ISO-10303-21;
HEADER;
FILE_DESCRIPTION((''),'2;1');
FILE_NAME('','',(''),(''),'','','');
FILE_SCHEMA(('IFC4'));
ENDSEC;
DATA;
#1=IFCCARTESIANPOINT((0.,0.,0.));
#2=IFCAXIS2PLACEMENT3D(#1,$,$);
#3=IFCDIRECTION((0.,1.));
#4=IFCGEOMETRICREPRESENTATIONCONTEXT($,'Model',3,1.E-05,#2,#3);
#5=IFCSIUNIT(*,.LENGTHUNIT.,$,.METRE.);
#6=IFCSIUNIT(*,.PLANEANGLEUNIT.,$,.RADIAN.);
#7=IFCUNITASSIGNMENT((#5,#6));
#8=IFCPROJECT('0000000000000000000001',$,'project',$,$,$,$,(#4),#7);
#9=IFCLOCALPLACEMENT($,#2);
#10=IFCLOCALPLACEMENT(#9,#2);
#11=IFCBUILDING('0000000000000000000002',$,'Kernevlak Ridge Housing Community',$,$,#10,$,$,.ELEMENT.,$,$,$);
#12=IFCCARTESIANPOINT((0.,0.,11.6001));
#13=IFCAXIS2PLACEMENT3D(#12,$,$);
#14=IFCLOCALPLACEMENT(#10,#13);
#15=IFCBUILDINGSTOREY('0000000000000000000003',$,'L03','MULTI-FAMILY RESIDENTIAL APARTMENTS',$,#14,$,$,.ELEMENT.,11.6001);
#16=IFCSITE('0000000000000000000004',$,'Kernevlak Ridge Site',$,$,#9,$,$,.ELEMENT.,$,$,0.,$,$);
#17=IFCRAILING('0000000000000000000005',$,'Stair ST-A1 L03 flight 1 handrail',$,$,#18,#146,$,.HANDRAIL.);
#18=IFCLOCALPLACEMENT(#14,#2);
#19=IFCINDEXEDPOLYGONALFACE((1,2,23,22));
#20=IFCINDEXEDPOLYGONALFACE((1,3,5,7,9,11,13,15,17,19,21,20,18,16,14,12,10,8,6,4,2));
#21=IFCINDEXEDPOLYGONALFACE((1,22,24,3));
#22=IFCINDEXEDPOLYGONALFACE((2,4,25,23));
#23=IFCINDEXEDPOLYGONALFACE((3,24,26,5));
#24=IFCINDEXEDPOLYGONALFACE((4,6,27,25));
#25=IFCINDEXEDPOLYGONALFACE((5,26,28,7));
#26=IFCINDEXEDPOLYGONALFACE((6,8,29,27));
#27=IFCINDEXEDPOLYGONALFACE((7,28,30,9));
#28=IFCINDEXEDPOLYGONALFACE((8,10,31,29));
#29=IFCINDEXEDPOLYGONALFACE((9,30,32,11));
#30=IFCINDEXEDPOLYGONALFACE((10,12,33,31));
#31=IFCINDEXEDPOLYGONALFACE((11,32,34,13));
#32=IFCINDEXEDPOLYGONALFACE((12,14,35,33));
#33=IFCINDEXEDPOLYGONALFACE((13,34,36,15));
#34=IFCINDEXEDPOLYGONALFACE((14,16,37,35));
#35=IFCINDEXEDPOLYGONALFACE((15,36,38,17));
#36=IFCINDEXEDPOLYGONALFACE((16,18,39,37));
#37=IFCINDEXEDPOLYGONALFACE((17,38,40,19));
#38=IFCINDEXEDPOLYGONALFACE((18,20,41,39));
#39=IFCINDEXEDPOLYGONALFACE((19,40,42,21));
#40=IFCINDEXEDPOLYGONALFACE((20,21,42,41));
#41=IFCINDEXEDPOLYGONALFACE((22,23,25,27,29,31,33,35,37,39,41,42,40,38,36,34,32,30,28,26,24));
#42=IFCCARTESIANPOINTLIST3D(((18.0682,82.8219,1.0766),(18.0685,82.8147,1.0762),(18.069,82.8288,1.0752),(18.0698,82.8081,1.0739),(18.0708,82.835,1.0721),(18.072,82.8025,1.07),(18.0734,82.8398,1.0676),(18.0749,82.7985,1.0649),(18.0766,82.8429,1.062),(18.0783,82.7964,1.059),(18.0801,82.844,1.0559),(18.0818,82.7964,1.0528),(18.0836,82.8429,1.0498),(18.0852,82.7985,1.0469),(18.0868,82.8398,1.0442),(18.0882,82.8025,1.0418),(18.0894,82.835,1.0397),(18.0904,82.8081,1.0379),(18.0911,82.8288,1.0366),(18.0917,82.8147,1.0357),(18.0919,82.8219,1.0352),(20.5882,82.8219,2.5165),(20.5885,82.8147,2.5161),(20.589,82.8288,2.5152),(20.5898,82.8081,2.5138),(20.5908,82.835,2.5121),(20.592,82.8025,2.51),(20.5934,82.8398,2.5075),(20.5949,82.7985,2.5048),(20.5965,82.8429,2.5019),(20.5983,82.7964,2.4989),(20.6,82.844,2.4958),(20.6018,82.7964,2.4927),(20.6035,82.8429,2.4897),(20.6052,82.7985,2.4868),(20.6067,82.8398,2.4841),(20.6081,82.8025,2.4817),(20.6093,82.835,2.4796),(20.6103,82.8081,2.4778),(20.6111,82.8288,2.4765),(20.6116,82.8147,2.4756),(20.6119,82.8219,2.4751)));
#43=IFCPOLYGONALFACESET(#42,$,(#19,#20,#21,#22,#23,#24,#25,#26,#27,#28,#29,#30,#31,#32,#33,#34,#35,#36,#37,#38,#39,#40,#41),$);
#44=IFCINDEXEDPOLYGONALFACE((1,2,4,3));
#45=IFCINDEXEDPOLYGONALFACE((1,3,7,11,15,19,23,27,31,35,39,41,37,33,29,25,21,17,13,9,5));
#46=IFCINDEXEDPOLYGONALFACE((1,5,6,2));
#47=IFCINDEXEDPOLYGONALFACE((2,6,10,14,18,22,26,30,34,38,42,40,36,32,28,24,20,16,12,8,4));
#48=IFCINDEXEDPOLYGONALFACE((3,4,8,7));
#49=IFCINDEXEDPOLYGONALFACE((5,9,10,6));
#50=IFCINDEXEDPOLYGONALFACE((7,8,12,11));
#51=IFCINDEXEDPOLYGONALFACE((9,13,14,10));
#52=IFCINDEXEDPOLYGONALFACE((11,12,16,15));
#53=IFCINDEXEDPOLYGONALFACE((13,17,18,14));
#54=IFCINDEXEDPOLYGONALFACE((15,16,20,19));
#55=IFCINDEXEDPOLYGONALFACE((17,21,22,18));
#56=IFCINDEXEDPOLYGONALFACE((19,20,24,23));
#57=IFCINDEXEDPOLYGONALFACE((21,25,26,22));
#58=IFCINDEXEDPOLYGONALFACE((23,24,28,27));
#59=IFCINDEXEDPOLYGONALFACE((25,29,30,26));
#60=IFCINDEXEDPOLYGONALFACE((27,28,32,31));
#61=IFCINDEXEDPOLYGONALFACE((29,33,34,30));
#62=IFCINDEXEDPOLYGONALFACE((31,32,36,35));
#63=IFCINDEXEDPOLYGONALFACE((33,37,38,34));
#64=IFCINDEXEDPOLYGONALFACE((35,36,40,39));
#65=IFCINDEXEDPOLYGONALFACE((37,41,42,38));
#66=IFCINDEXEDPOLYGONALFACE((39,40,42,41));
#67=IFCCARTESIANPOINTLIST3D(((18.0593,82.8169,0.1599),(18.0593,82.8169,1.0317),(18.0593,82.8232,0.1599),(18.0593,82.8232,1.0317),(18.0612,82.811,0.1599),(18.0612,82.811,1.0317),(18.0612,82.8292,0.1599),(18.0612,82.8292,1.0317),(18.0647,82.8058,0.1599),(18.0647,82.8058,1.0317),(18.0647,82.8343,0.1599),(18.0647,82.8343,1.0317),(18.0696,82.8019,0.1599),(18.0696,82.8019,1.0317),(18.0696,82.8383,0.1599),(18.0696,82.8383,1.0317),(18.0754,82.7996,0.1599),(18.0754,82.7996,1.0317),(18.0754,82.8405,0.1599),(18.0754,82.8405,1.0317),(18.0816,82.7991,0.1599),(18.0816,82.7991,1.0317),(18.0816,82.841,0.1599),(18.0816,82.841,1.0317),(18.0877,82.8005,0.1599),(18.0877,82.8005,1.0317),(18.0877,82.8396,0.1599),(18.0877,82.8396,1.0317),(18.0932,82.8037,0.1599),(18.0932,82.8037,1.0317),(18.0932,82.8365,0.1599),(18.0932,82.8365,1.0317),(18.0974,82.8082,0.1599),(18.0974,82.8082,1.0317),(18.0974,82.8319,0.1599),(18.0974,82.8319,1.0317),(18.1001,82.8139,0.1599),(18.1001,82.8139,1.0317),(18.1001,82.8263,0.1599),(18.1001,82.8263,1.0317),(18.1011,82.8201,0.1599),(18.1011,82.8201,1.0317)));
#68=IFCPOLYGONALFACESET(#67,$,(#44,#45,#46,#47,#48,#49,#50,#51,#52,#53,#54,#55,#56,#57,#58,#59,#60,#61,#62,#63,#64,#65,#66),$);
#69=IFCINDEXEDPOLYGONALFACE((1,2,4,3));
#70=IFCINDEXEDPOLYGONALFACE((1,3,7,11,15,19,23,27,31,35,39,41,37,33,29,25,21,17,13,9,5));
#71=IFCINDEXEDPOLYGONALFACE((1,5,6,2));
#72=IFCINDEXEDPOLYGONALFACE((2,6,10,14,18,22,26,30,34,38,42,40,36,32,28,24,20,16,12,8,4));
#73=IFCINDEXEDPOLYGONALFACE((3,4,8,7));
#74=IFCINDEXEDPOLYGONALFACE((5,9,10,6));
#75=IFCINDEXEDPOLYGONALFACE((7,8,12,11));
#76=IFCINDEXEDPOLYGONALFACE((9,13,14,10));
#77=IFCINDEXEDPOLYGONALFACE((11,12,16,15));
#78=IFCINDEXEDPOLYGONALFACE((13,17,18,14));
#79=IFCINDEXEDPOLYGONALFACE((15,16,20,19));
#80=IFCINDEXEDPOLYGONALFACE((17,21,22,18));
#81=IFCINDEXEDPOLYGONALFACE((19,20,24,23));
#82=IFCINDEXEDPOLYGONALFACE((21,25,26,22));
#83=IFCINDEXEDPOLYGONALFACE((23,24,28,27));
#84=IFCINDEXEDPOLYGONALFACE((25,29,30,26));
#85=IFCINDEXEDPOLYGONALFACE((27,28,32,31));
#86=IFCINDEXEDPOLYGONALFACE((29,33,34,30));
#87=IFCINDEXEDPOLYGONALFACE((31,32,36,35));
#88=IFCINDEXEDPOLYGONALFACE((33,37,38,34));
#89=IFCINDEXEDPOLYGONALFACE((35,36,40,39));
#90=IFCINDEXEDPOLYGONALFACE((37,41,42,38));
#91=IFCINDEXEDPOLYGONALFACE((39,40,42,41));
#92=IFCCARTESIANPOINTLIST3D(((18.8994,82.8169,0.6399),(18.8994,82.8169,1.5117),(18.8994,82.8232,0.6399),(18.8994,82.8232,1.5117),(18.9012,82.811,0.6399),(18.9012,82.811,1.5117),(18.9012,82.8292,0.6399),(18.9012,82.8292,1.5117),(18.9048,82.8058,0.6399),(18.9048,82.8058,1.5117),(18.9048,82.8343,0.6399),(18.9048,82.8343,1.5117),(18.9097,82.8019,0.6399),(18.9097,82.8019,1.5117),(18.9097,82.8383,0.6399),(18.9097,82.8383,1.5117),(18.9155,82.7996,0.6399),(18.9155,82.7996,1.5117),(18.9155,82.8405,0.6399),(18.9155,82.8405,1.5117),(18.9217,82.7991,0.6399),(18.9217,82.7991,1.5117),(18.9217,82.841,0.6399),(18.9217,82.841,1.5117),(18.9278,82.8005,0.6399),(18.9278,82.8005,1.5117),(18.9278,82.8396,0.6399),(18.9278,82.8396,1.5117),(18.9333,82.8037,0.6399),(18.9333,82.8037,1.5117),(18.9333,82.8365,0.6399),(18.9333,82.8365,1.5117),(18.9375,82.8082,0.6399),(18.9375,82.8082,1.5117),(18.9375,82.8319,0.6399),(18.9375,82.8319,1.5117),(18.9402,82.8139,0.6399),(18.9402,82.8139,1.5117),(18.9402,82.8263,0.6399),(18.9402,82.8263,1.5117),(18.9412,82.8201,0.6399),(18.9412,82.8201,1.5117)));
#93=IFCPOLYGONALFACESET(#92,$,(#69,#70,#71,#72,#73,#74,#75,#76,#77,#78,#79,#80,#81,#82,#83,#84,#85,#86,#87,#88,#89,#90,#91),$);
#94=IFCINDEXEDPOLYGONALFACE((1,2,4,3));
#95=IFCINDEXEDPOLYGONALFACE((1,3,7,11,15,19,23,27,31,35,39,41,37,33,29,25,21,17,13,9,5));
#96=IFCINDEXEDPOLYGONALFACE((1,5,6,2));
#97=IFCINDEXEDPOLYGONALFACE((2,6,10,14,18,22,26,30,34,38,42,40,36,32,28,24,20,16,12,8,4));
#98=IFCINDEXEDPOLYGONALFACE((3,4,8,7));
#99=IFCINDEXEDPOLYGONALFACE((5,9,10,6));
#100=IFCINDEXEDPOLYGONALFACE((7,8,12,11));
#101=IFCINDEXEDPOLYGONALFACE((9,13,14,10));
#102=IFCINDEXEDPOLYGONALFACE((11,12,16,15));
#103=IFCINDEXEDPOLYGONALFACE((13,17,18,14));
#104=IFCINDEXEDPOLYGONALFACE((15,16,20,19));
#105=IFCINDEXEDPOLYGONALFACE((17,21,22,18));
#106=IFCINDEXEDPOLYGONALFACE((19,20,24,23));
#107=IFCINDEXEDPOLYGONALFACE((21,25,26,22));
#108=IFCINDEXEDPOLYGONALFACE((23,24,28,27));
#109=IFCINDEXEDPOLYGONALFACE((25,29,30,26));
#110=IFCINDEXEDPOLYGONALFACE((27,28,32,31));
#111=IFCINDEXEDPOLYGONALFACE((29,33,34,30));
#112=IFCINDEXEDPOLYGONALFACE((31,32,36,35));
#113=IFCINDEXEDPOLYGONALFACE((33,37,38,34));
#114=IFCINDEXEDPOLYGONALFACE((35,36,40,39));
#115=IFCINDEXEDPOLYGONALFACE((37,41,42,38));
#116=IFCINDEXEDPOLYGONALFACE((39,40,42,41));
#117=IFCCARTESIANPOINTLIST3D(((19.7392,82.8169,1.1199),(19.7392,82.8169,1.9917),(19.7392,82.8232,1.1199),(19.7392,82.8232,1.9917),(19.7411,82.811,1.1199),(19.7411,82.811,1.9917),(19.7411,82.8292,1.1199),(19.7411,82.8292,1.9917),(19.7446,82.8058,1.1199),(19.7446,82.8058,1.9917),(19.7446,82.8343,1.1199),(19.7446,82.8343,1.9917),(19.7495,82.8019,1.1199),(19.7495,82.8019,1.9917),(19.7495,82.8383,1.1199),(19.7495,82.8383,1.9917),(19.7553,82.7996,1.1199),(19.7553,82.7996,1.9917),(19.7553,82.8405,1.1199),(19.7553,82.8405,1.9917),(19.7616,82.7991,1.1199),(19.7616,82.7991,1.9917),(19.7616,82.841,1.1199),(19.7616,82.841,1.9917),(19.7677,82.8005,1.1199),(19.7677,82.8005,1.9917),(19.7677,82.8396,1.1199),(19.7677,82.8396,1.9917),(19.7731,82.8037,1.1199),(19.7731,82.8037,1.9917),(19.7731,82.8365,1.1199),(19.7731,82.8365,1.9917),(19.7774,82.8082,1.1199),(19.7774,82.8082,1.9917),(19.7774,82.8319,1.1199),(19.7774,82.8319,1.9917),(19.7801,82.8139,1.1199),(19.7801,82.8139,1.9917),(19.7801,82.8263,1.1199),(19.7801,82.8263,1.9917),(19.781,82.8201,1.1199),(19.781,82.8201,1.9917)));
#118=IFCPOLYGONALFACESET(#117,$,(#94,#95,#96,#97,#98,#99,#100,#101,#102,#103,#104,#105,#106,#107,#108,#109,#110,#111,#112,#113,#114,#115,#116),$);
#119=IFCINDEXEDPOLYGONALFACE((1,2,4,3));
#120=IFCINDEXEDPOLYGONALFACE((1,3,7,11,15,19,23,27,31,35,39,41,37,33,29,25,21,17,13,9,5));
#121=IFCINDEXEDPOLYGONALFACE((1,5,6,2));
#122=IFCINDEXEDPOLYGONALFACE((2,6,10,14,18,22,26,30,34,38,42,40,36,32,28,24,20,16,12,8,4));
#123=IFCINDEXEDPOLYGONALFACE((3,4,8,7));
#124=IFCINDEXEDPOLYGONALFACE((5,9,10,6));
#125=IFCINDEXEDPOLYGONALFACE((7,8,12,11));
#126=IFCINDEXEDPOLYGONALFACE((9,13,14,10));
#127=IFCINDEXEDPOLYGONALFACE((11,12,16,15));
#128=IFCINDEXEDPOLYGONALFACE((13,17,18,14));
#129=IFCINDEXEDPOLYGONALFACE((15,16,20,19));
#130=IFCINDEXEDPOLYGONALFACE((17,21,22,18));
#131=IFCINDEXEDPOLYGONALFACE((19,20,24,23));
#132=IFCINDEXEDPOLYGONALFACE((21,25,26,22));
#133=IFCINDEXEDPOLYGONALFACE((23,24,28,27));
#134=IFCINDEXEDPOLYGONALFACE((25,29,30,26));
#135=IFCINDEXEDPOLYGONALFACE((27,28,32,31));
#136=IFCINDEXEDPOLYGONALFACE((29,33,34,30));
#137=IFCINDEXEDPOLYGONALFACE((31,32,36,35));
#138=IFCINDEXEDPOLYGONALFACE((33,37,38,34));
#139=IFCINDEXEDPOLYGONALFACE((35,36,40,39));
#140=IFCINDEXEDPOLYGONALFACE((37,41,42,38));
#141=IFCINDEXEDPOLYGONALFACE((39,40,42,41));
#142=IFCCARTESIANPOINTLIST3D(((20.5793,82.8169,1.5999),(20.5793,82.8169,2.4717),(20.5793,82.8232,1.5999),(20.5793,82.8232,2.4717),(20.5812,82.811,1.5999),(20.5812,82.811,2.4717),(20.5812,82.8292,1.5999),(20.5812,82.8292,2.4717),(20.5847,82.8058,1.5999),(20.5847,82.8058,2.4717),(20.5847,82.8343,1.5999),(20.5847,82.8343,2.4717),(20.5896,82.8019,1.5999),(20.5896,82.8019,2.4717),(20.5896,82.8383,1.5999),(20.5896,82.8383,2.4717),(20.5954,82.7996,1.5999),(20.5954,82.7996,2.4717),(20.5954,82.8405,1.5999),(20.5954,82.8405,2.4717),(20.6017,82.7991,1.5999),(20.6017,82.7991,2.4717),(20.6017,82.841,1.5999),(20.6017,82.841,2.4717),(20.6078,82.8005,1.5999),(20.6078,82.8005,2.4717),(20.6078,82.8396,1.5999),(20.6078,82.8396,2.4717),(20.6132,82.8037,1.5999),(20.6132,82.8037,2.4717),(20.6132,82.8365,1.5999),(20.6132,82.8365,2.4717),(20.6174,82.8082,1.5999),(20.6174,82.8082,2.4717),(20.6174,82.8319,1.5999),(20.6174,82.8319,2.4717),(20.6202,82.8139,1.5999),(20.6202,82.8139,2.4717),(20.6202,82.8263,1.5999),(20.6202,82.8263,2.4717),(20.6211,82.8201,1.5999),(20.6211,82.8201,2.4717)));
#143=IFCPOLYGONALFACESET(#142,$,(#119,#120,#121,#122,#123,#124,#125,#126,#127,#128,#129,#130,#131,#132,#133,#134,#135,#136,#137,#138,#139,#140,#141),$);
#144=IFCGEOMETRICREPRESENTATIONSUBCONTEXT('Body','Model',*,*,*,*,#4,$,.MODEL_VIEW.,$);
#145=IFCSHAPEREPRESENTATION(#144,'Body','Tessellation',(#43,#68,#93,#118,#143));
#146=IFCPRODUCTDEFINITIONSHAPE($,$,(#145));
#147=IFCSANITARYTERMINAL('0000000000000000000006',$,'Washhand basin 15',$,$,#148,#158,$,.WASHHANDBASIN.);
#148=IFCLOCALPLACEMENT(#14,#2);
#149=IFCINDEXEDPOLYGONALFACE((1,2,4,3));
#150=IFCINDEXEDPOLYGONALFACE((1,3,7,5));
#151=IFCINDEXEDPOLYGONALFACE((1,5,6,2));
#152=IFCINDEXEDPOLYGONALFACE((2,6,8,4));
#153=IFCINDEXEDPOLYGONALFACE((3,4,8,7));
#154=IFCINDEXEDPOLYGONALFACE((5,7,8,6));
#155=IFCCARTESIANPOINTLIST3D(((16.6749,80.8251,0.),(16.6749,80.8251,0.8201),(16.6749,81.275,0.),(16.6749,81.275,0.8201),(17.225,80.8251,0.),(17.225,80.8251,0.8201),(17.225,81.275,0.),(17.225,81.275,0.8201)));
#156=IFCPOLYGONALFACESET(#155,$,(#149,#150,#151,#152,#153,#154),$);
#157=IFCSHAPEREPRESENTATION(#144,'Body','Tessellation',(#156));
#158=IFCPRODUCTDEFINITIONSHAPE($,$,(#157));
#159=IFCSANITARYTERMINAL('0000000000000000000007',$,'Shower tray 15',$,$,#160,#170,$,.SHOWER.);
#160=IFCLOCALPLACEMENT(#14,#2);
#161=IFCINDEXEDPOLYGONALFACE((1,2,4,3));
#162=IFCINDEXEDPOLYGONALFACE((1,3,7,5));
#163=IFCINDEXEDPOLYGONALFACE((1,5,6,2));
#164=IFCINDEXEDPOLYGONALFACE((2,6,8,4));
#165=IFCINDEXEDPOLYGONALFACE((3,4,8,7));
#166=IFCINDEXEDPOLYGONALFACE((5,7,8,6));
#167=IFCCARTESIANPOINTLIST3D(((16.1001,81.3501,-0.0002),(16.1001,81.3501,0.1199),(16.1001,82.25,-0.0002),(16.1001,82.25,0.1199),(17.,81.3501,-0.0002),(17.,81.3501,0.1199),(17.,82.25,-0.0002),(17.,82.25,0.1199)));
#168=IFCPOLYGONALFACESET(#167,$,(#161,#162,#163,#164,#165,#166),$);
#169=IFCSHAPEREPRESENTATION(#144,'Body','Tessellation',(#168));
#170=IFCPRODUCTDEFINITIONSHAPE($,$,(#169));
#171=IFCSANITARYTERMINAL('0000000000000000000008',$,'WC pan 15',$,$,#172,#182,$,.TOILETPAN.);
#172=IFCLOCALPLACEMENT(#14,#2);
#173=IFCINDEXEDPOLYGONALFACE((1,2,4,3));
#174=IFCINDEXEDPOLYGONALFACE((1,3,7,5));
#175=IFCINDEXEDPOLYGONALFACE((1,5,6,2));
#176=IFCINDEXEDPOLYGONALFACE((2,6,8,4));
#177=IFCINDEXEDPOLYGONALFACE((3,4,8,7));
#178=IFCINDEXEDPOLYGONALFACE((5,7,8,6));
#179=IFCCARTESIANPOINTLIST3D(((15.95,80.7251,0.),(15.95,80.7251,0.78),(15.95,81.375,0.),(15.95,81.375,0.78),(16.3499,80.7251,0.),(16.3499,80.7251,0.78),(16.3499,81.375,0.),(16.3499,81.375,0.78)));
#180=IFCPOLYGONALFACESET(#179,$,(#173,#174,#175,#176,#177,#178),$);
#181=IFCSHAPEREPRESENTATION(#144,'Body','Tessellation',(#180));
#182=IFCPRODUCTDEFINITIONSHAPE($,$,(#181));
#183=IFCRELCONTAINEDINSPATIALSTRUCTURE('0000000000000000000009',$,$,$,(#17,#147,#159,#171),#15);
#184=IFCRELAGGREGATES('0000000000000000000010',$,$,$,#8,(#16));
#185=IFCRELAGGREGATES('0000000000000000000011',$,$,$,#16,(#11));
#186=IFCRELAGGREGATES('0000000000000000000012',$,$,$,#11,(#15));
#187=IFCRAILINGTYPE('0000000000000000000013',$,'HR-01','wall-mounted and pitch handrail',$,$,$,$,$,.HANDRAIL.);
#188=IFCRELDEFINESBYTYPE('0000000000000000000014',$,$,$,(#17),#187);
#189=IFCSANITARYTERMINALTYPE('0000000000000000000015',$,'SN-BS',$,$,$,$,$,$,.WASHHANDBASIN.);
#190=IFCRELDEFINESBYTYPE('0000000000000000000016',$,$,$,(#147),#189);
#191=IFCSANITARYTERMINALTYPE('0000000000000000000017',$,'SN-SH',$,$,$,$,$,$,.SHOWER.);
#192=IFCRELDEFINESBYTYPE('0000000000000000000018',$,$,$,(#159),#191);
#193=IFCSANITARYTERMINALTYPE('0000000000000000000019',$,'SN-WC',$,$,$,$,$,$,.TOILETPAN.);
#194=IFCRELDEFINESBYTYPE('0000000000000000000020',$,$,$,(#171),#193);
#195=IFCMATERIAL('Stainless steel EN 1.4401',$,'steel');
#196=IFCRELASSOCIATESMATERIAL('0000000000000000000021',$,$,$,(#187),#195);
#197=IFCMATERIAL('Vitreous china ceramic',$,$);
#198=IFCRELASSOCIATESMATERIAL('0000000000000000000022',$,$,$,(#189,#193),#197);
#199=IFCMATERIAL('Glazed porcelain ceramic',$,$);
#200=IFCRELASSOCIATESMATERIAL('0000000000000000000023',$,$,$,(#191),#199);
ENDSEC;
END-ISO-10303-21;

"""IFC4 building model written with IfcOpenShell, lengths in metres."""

from ifc_helpers import new_model, si_unit, direction, frame, origin, origin_2d, place, context, subcontext, project, spatial, rectangle, circle, extrude, material, type_object, element, save


model = new_model("IFC4")

# Units and contexts
model_context = context("Model", 3, precision=1e-05, world=origin(), true_north=direction((0.0, 1.0)))
body_context = subcontext(model_context, "Body", "Model", "MODEL_VIEW")
ifc_project = project(units=[si_unit("LENGTHUNIT", "METRE"), si_unit("PLANEANGLEUNIT", "RADIAN")], contexts=[model_context])

# Site, building, storey
site_placement = place(None, origin())
site = spatial("IfcSite", under=ifc_project, at=site_placement, Name="Kernevlak Ridge Site", CompositionType="ELEMENT", RefElevation=0.0)
building_placement = place(site_placement, origin())
building = spatial("IfcBuilding", under=site, at=building_placement, Name="Kernevlak Ridge Housing Community", CompositionType="ELEMENT")
storey_placement = place(building_placement, frame((0.0, 0.0, 11.6001)))
storey = spatial("IfcBuildingStorey", under=building, at=storey_placement, Name="L03", Description="MULTI-FAMILY RESIDENTIAL APARTMENTS", CompositionType="ELEMENT", Elevation=11.6001)

# Shared definitions
ifc_material_1 = material(Name="Stainless steel EN 1.4401", Category="steel")

# Railing
railing_type_1 = type_object("IfcRailingType", Name="HR-01", Description="wall-mounted and pitch handrail", PredefinedType="HANDRAIL", material=ifc_material_1)
railing_1_placement = place(storey_placement, frame((18.0801, 82.8201, 0.1599)))
element("IfcRailing", 1, at=railing_1_placement, inside=storey, type_object=railing_type_1, Name="Stair ST-A1 L03 flight 1 handrail", PredefinedType="HANDRAIL", context=body_context, shape_type="SweptSolid", body=[
    extrude(circle(Radius=0.0239, at=origin_2d()), frame((0.0, 0.0, 0.896), z_axis=(0.868253, 0.0, 0.496121), x_axis=(0.0, 1.0, 0.0)), (0.0, 0.0, 1.0), 2.9023),
    extrude(circle(Radius=0.021, at=origin_2d()), origin(), (0.0, 0.0, 1.0), 0.8718),
    extrude(circle(Radius=0.021, at=origin_2d()), frame((0.8401, 0.0, 0.48)), (0.0, 0.0, 1.0), 0.8718),
    extrude(circle(Radius=0.021, at=origin_2d()), frame((1.6799, 0.0, 0.96)), (0.0, 0.0, 1.0), 0.8718),
    extrude(circle(Radius=0.021, at=origin_2d()), frame((2.52, 0.0, 1.4399)), (0.0, 0.0, 1.0), 0.8718),
])

# Sanitary terminals
ifc_material_2 = material(Name="Vitreous china ceramic")
sanitary_terminal_type_1 = type_object("IfcSanitaryTerminalType", Name="SN-BS", PredefinedType="WASHHANDBASIN", material=ifc_material_2)
sanitary_terminal_1_placement = place(storey_placement, frame((16.95, 81.05, 0.0), z_axis=(0.0, 0.0, 1.0), x_axis=(1.0, 0.0, 0.0)))
element("IfcSanitaryTerminal", 2, at=sanitary_terminal_1_placement, inside=storey, type_object=sanitary_terminal_type_1, Name="Washhand basin 15", PredefinedType="WASHHANDBASIN", context=body_context, shape_type="SweptSolid", body=[
    extrude(rectangle(XDim=0.55, YDim=0.45, at=origin_2d()), origin(), (0.0, 0.0, 1.0), 0.8201),
])
ifc_material_3 = material(Name="Glazed porcelain ceramic")
sanitary_terminal_type_2 = type_object("IfcSanitaryTerminalType", Name="SN-SH", PredefinedType="SHOWER", material=ifc_material_3)
sanitary_terminal_2_placement = place(storey_placement, frame((16.55, 81.8, -0.0002), z_axis=(0.0, 0.0, 1.0), x_axis=(1.0, 0.0, 0.0)))
element("IfcSanitaryTerminal", 3, at=sanitary_terminal_2_placement, inside=storey, type_object=sanitary_terminal_type_2, Name="Shower tray 15", PredefinedType="SHOWER", context=body_context, shape_type="SweptSolid", body=[
    extrude(rectangle(XDim=0.8999, YDim=0.8999, at=origin_2d()), origin(), (0.0, 0.0, 1.0), 0.1201),
])
sanitary_terminal_type_3 = type_object("IfcSanitaryTerminalType", Name="SN-WC", PredefinedType="TOILETPAN", material=ifc_material_2)
sanitary_terminal_3_placement = place(storey_placement, frame((16.1499, 81.05, 0.0), z_axis=(0.0, 0.0, 1.0), x_axis=(1.0, 0.0, 0.0)))
element("IfcSanitaryTerminal", 4, at=sanitary_terminal_3_placement, inside=storey, type_object=sanitary_terminal_type_3, Name="WC pan 15", PredefinedType="TOILETPAN", context=body_context, shape_type="SweptSolid", body=[
    extrude(rectangle(XDim=0.3999, YDim=0.6499, at=origin_2d()), origin(), (0.0, 0.0, 1.0), 0.78),
])

save(model, "model.ifc")
